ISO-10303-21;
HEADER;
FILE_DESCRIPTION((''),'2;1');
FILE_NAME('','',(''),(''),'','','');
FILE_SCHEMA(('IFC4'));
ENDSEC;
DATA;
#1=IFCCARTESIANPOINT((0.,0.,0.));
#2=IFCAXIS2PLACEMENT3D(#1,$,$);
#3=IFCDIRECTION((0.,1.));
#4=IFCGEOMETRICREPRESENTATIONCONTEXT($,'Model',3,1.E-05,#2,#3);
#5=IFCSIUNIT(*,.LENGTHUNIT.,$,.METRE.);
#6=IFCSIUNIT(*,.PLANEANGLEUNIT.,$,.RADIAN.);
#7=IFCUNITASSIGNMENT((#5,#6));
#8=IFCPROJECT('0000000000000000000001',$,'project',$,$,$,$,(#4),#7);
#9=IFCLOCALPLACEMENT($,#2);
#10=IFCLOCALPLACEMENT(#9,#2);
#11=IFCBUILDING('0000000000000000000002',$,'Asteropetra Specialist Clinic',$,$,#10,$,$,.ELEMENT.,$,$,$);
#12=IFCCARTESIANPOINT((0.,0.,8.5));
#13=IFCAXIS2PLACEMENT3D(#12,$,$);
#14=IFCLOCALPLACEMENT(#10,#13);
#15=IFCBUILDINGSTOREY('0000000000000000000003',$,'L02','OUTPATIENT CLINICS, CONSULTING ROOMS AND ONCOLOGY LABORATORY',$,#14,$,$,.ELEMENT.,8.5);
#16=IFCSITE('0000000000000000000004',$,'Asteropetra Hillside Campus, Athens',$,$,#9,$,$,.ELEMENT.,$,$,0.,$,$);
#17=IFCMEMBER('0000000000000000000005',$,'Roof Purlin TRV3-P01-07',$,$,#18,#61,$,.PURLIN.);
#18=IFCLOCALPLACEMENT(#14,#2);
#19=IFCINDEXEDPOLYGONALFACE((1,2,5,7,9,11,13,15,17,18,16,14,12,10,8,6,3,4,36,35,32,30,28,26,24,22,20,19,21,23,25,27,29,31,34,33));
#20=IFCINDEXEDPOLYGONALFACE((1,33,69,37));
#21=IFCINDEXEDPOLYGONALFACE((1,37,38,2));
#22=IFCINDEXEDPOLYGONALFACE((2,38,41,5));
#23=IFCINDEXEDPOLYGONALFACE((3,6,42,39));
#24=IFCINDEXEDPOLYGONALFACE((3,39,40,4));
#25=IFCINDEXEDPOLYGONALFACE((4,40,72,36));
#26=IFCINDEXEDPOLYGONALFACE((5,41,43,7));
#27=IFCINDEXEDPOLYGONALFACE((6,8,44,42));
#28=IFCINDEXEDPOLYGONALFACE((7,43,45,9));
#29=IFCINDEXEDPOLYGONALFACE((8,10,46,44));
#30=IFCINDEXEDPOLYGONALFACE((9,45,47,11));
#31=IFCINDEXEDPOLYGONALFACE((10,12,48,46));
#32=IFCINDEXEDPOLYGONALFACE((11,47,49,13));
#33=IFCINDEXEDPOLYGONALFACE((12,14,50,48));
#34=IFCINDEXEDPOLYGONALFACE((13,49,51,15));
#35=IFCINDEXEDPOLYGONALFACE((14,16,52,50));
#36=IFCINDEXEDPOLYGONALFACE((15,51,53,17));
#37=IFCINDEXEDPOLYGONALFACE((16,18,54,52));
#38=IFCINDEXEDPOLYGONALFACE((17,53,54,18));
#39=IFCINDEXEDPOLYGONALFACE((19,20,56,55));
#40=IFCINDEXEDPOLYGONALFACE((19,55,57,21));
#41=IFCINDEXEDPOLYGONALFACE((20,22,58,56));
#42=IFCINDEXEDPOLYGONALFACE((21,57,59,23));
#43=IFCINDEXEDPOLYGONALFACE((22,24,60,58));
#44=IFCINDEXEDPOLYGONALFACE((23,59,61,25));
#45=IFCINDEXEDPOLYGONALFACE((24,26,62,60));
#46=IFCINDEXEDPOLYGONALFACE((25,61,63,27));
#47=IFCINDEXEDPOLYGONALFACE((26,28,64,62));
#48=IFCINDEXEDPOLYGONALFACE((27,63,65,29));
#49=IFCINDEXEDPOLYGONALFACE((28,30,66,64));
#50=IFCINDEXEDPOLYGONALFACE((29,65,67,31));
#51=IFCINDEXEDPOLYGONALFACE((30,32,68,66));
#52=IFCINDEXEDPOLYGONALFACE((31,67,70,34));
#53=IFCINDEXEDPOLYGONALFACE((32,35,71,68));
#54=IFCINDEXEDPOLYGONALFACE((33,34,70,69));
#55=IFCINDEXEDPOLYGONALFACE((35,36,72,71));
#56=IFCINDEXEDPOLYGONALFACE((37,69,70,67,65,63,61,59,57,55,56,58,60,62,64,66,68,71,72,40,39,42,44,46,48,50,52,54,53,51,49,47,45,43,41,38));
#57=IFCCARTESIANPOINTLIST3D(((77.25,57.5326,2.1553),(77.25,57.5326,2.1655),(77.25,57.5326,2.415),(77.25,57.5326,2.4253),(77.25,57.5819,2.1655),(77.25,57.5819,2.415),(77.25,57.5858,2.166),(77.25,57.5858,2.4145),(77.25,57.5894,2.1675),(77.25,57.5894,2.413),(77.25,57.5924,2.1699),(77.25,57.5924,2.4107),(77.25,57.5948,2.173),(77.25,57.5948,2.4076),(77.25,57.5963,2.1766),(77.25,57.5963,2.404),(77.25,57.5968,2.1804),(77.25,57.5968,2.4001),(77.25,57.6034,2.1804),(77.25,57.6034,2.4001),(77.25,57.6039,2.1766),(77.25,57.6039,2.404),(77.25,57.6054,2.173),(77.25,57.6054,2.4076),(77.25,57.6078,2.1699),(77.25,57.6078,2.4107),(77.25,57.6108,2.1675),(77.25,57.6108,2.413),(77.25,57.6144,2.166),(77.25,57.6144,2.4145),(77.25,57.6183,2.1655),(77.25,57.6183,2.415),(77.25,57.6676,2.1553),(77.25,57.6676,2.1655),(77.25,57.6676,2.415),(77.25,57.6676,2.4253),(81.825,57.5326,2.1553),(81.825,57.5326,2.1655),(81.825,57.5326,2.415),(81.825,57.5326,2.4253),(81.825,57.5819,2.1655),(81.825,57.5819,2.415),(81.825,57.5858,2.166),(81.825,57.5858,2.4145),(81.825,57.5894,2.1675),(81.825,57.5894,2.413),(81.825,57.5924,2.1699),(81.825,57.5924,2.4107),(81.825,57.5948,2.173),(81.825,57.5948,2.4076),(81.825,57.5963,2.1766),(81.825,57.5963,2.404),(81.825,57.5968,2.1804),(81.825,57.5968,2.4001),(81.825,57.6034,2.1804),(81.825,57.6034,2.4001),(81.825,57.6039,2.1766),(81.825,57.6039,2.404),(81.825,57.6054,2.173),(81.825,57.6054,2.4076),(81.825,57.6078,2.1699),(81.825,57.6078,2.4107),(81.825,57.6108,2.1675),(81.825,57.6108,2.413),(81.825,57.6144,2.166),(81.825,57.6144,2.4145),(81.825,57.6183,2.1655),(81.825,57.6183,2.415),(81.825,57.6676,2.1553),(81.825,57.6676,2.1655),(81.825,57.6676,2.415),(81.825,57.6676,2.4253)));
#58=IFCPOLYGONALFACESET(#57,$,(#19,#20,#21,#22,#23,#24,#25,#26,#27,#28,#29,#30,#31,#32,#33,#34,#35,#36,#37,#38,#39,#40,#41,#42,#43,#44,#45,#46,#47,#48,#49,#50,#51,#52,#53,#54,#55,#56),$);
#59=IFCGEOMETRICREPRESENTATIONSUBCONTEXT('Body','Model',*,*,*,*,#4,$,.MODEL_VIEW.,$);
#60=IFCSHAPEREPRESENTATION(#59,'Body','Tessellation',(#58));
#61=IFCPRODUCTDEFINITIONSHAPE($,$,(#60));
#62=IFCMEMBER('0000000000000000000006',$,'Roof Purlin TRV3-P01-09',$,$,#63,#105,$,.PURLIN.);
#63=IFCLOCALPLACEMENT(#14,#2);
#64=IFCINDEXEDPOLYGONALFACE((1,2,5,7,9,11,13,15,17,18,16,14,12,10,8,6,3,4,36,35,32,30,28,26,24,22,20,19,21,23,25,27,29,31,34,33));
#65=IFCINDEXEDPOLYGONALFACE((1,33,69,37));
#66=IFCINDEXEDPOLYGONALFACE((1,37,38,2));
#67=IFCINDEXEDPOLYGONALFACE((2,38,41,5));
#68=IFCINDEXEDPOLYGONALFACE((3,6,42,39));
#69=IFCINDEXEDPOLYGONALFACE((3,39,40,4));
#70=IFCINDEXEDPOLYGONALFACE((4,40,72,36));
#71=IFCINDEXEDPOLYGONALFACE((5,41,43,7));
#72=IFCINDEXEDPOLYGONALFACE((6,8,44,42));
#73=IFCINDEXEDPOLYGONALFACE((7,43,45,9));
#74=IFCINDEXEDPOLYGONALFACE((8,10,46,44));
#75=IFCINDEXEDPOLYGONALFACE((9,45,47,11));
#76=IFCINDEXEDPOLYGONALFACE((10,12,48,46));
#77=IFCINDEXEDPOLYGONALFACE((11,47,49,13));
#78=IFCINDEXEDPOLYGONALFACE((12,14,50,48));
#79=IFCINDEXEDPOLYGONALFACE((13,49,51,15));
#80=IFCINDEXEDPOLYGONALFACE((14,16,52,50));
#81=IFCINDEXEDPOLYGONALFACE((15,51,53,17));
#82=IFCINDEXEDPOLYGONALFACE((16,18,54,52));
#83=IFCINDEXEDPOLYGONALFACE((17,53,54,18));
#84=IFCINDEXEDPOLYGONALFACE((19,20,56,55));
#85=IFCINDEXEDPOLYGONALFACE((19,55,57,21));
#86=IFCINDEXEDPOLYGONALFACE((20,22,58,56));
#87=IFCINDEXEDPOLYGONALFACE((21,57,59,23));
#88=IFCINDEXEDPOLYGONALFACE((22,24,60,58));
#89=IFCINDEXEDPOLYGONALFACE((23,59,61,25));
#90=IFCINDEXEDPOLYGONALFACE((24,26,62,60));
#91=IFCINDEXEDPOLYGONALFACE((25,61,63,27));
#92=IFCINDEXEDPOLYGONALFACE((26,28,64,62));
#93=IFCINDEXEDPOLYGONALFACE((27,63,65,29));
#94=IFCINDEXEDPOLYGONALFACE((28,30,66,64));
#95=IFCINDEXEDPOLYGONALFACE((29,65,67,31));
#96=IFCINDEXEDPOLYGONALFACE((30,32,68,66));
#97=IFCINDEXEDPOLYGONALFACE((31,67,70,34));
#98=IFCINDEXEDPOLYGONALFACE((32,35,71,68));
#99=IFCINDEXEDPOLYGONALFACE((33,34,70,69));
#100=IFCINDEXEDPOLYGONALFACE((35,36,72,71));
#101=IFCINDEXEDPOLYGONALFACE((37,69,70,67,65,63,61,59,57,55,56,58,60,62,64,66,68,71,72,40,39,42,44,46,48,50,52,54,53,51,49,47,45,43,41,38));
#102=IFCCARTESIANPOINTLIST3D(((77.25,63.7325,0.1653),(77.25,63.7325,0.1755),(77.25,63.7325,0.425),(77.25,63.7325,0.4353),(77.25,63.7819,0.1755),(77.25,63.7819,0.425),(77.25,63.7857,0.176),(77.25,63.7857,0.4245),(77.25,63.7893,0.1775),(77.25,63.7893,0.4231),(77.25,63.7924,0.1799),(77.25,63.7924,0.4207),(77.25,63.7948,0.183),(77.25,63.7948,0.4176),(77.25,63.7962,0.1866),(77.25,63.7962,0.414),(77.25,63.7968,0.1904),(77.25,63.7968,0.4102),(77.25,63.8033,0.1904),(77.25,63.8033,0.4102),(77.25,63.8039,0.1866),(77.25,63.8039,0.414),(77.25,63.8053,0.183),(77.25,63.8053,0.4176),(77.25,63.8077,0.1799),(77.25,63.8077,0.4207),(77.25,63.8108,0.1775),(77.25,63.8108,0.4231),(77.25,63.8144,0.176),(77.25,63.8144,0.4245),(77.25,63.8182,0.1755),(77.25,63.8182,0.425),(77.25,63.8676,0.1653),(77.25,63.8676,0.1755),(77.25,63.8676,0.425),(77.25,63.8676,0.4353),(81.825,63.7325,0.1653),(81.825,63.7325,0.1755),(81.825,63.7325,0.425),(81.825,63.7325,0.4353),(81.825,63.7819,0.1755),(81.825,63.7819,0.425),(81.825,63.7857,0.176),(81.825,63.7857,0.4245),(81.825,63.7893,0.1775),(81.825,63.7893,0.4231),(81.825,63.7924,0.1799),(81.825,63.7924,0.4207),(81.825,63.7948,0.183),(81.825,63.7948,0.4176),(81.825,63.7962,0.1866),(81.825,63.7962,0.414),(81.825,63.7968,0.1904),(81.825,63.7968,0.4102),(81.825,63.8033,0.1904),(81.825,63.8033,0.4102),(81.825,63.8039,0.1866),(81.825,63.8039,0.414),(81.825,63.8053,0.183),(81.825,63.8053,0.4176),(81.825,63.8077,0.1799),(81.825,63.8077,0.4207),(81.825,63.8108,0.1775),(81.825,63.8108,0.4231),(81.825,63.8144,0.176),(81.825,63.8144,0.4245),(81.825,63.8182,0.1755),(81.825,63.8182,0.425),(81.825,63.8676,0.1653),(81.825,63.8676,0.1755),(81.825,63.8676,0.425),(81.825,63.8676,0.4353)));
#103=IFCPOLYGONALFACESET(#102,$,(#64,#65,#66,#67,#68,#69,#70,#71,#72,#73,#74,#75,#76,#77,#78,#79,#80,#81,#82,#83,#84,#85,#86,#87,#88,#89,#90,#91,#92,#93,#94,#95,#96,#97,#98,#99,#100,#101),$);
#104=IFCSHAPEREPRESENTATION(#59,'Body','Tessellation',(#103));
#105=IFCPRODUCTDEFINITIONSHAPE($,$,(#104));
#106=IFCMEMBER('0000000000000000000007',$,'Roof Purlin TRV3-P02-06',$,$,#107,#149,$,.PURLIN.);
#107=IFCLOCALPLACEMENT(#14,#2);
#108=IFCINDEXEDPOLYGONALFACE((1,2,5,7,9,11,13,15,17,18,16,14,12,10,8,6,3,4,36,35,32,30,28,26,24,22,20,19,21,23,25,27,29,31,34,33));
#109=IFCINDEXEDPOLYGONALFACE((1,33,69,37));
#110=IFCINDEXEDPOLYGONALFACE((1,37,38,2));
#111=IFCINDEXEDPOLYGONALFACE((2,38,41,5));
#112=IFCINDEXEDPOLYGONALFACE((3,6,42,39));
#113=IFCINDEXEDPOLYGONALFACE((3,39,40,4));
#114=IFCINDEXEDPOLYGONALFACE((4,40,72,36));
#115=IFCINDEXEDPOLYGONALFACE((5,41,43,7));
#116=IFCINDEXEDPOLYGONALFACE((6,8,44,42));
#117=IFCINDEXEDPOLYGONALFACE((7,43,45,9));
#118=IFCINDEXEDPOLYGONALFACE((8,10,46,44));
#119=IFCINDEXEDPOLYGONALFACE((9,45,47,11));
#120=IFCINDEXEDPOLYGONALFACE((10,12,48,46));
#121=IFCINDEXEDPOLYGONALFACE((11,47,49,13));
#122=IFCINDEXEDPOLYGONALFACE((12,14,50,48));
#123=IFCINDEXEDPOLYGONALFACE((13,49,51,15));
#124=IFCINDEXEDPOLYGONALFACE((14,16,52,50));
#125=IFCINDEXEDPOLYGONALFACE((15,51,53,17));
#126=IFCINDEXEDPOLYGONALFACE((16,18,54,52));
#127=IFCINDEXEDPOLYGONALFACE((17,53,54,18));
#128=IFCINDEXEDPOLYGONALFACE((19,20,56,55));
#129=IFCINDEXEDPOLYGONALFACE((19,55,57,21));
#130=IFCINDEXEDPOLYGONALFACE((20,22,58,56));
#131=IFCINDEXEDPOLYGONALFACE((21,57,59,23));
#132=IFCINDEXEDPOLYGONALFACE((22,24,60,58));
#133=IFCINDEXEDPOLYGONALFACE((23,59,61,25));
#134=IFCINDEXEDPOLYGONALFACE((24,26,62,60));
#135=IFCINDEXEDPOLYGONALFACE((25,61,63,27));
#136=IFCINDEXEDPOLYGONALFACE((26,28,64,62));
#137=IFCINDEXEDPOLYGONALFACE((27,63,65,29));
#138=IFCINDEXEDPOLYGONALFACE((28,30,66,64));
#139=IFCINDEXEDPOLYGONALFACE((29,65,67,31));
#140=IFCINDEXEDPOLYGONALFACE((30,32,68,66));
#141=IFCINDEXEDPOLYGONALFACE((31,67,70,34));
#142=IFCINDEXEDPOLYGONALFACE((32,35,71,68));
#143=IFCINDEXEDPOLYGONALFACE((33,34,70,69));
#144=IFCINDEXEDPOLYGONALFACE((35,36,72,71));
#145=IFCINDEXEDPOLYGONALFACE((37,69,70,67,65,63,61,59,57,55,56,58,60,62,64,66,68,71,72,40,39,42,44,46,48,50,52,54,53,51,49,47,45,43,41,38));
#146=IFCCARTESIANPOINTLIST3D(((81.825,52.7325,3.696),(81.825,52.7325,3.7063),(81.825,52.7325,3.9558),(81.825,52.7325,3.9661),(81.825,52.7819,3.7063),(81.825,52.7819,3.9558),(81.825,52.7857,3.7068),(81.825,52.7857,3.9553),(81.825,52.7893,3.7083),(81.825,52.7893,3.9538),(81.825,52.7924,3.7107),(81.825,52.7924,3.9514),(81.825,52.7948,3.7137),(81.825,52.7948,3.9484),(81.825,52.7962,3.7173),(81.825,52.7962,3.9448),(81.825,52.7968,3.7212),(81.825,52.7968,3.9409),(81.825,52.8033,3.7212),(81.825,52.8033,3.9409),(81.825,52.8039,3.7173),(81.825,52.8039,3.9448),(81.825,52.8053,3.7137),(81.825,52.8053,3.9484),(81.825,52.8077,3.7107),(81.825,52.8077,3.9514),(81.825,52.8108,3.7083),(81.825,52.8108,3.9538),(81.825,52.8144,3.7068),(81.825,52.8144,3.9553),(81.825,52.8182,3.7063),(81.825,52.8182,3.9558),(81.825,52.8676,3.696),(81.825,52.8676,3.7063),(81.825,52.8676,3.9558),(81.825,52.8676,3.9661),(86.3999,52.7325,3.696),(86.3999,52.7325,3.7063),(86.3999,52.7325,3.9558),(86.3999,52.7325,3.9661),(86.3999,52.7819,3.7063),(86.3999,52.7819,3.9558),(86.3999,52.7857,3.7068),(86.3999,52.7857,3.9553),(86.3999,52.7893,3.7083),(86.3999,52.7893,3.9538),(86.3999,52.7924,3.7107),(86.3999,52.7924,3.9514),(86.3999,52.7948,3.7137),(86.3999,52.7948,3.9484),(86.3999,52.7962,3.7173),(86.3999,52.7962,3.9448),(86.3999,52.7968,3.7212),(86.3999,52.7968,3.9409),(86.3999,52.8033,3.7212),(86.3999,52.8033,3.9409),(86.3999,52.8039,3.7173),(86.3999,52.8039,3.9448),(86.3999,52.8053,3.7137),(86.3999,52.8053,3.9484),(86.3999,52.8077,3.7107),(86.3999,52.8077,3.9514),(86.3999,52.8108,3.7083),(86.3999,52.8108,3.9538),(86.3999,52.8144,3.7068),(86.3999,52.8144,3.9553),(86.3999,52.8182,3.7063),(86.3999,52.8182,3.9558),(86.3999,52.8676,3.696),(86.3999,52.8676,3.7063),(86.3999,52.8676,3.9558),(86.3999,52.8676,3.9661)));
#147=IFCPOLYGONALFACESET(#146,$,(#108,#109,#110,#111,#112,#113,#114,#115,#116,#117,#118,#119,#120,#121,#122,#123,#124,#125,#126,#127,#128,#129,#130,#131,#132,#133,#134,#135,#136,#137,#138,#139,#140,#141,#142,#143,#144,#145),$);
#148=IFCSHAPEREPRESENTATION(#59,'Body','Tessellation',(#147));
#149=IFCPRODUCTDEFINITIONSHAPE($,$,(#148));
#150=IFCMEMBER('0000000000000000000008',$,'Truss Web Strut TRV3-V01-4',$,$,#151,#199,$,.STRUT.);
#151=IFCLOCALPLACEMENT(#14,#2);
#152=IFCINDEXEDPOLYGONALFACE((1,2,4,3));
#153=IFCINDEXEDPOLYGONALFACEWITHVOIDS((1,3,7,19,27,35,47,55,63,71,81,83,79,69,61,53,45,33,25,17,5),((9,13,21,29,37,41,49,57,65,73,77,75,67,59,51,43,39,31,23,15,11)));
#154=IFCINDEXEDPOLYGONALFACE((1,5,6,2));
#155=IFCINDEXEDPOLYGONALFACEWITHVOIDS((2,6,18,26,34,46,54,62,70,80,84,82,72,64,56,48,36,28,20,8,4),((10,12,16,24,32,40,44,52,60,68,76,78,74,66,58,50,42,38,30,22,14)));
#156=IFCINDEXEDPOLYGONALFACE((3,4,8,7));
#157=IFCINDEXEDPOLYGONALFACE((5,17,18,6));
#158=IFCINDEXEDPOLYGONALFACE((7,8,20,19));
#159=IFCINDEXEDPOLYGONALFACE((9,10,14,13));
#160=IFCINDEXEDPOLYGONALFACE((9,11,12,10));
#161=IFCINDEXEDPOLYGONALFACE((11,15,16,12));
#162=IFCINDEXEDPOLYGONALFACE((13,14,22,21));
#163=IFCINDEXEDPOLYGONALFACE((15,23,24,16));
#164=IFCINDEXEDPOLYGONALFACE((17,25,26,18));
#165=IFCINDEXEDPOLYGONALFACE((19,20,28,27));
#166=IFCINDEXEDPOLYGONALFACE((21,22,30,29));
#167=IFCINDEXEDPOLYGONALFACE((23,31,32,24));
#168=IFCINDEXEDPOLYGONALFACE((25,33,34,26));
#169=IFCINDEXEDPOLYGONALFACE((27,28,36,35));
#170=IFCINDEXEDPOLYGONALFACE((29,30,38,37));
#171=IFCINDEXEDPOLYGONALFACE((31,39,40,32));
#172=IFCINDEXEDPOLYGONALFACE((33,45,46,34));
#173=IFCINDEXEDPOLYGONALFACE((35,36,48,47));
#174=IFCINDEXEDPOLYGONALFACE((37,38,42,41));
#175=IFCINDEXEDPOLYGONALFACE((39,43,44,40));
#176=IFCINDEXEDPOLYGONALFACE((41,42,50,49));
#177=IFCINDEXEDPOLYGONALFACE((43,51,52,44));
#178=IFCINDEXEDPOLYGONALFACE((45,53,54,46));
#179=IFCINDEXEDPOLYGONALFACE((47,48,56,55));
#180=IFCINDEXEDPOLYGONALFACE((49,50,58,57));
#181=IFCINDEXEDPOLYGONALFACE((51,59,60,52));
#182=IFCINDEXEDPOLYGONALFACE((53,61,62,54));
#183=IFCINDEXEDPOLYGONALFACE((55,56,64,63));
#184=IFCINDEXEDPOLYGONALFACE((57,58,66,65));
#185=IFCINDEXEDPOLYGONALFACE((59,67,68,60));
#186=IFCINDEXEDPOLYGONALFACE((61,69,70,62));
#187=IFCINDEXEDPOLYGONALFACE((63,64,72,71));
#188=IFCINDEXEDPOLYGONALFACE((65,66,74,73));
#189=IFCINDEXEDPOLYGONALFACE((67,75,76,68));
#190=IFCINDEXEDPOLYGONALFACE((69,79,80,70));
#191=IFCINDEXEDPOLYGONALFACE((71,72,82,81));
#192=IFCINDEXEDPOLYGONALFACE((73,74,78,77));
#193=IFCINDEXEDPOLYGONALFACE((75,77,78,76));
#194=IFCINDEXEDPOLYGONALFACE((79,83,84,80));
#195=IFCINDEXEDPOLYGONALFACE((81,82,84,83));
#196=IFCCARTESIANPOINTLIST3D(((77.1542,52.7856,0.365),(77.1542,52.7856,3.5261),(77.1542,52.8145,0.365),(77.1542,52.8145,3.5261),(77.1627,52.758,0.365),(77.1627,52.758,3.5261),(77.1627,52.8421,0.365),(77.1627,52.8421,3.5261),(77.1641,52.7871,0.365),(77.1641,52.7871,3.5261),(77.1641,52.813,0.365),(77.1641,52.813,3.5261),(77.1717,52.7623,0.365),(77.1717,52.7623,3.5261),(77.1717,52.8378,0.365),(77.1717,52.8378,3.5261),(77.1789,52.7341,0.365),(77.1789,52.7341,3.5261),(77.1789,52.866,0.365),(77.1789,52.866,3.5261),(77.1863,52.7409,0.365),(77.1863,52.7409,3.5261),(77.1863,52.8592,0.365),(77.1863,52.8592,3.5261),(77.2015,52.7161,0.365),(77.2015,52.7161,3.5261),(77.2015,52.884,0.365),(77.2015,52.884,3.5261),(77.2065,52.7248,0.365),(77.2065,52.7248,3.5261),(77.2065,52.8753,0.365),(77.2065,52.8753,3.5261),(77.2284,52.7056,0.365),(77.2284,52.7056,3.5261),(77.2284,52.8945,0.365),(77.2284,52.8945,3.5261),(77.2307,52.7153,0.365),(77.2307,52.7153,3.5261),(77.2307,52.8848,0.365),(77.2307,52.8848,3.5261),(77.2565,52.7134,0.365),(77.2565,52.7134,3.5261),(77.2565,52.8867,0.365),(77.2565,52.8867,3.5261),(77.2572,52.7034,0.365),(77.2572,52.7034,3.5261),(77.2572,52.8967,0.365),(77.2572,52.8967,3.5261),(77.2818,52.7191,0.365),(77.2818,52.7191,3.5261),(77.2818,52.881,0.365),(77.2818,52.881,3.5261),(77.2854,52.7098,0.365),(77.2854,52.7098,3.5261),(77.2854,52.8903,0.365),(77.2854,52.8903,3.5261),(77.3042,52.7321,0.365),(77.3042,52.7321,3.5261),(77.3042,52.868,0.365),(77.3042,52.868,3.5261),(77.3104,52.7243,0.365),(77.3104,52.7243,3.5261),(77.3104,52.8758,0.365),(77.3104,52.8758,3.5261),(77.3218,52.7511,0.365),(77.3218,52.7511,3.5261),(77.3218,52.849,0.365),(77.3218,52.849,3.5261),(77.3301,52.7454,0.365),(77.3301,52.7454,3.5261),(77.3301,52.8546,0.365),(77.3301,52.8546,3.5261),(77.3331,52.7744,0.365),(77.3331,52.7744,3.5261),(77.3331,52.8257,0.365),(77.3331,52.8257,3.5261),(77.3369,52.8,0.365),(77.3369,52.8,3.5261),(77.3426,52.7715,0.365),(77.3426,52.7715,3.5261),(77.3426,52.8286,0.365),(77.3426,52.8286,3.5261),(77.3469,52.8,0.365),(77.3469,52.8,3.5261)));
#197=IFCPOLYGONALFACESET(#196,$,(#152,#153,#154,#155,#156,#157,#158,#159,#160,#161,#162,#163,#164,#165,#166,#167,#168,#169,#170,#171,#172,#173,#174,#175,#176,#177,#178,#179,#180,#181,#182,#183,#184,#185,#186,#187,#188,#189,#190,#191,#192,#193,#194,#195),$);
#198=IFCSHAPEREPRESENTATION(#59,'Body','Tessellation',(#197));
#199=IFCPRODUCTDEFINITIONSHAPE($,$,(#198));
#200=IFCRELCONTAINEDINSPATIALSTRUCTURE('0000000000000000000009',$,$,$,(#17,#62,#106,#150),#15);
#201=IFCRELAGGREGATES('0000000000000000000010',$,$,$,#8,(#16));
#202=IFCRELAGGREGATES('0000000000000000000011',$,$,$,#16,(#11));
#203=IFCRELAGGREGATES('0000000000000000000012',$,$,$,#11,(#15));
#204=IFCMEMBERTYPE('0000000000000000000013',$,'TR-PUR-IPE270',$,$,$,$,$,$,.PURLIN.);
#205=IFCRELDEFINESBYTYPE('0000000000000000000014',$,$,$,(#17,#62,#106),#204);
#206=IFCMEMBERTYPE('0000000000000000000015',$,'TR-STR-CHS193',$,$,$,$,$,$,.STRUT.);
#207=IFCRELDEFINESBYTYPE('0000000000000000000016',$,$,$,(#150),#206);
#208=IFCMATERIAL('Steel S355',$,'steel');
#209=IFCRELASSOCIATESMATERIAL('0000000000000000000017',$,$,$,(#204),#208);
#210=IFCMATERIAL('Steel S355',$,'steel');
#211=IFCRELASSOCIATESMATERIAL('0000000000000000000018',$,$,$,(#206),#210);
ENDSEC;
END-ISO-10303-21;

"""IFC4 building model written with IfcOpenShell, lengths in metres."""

from ifc_helpers import new_model, si_unit, direction, frame, origin, origin_2d, place, context, subcontext, project, spatial, hollow_circle, i_section, extrude, material, material_profile, profile_set, type_object, element, save


model = new_model("IFC4")

# Units and contexts
model_context = context("Model", 3, precision=1e-05, world=origin(), true_north=direction((0.0, 1.0)))
body_context = subcontext(model_context, "Body", "Model", "MODEL_VIEW")
ifc_project = project(units=[si_unit("LENGTHUNIT", "METRE"), si_unit("PLANEANGLEUNIT", "RADIAN")], contexts=[model_context])

# Site, building, storey
site_placement = place(None, origin())
site = spatial("IfcSite", under=ifc_project, at=site_placement, Name="Asteropetra Hillside Campus, Athens", CompositionType="ELEMENT", RefElevation=0.0)
building_placement = place(site_placement, origin())
building = spatial("IfcBuilding", under=site, at=building_placement, Name="Asteropetra Specialist Clinic", CompositionType="ELEMENT")
storey_placement = place(building_placement, frame((0.0, 0.0, 8.5)))
storey = spatial("IfcBuildingStorey", under=building, at=storey_placement, Name="L02", Description="OUTPATIENT CLINICS, CONSULTING ROOMS AND ONCOLOGY LABORATORY", CompositionType="ELEMENT", Elevation=8.5)

# Members
ifc_material_1 = material(Name="Steel S355", Category="steel")
ifc_material_profile_1 = material_profile(ifc_material_1, i_section(OverallWidth=0.135, OverallDepth=0.27, WebThickness=0.0066, FlangeThickness=0.0103, FilletRadius=0.0149, at=origin_2d()), Name="IPE 270")
ifc_profile_set_1 = profile_set([ifc_material_profile_1], Name="Steel S355")
member_type_1 = type_object("IfcMemberType", Name="TR-PUR-IPE270", PredefinedType="PURLIN", material=ifc_profile_set_1)
for number, where, z_axis, x_axis, name in (
    (1, (77.25, 57.6001, 2.2903), (1.0, 0.0, 0.0), (0.0, 1.0, 0.0), "Roof Purlin TRV3-P01-07"),
    (2, (77.25, 63.8, 0.3003), (1.0, 0.0, 0.0), (0.0, 1.0, 0.0), "Roof Purlin TRV3-P01-09"),
    (3, (81.825, 52.8, 3.8311), (1.0, 0.0, 0.0), (0.0, 1.0, 0.0), "Roof Purlin TRV3-P02-06"),
):
    element("IfcMember", number, at=place(storey_placement, frame(where, z_axis=z_axis, x_axis=x_axis)), inside=storey, type_object=member_type_1, Name=name, PredefinedType="PURLIN", context=body_context, shape_type="SweptSolid", body=[
        extrude(i_section(OverallWidth=0.135, OverallDepth=0.27, WebThickness=0.0066, FlangeThickness=0.0103, FilletRadius=0.0149, at=origin_2d()), origin(), (0.0, 0.0, 1.0), 4.575),
    ])
ifc_material_2 = material(Name="Steel S355", Category="steel")
ifc_material_profile_2 = material_profile(ifc_material_2, hollow_circle(Radius=0.0969, WallThickness=0.01, at=origin_2d()), Name="CHS 193.7x10.0")
ifc_profile_set_2 = profile_set([ifc_material_profile_2], Name="Steel S355")
member_type_2 = type_object("IfcMemberType", Name="TR-STR-CHS193", PredefinedType="STRUT", material=ifc_profile_set_2)
member_1_placement = place(storey_placement, frame((77.25, 52.8, 0.365), z_axis=(0.0, 0.0, 1.0), x_axis=(1.0, 0.0, 0.0)))
element("IfcMember", 4, at=member_1_placement, inside=storey, type_object=member_type_2, Name="Truss Web Strut TRV3-V01-4", PredefinedType="STRUT", context=body_context, shape_type="SweptSolid", body=[
    extrude(hollow_circle(Radius=0.0969, WallThickness=0.01, at=origin_2d()), origin(), (0.0, 0.0, 1.0), 3.1611),
])

save(model, "model.ifc")
